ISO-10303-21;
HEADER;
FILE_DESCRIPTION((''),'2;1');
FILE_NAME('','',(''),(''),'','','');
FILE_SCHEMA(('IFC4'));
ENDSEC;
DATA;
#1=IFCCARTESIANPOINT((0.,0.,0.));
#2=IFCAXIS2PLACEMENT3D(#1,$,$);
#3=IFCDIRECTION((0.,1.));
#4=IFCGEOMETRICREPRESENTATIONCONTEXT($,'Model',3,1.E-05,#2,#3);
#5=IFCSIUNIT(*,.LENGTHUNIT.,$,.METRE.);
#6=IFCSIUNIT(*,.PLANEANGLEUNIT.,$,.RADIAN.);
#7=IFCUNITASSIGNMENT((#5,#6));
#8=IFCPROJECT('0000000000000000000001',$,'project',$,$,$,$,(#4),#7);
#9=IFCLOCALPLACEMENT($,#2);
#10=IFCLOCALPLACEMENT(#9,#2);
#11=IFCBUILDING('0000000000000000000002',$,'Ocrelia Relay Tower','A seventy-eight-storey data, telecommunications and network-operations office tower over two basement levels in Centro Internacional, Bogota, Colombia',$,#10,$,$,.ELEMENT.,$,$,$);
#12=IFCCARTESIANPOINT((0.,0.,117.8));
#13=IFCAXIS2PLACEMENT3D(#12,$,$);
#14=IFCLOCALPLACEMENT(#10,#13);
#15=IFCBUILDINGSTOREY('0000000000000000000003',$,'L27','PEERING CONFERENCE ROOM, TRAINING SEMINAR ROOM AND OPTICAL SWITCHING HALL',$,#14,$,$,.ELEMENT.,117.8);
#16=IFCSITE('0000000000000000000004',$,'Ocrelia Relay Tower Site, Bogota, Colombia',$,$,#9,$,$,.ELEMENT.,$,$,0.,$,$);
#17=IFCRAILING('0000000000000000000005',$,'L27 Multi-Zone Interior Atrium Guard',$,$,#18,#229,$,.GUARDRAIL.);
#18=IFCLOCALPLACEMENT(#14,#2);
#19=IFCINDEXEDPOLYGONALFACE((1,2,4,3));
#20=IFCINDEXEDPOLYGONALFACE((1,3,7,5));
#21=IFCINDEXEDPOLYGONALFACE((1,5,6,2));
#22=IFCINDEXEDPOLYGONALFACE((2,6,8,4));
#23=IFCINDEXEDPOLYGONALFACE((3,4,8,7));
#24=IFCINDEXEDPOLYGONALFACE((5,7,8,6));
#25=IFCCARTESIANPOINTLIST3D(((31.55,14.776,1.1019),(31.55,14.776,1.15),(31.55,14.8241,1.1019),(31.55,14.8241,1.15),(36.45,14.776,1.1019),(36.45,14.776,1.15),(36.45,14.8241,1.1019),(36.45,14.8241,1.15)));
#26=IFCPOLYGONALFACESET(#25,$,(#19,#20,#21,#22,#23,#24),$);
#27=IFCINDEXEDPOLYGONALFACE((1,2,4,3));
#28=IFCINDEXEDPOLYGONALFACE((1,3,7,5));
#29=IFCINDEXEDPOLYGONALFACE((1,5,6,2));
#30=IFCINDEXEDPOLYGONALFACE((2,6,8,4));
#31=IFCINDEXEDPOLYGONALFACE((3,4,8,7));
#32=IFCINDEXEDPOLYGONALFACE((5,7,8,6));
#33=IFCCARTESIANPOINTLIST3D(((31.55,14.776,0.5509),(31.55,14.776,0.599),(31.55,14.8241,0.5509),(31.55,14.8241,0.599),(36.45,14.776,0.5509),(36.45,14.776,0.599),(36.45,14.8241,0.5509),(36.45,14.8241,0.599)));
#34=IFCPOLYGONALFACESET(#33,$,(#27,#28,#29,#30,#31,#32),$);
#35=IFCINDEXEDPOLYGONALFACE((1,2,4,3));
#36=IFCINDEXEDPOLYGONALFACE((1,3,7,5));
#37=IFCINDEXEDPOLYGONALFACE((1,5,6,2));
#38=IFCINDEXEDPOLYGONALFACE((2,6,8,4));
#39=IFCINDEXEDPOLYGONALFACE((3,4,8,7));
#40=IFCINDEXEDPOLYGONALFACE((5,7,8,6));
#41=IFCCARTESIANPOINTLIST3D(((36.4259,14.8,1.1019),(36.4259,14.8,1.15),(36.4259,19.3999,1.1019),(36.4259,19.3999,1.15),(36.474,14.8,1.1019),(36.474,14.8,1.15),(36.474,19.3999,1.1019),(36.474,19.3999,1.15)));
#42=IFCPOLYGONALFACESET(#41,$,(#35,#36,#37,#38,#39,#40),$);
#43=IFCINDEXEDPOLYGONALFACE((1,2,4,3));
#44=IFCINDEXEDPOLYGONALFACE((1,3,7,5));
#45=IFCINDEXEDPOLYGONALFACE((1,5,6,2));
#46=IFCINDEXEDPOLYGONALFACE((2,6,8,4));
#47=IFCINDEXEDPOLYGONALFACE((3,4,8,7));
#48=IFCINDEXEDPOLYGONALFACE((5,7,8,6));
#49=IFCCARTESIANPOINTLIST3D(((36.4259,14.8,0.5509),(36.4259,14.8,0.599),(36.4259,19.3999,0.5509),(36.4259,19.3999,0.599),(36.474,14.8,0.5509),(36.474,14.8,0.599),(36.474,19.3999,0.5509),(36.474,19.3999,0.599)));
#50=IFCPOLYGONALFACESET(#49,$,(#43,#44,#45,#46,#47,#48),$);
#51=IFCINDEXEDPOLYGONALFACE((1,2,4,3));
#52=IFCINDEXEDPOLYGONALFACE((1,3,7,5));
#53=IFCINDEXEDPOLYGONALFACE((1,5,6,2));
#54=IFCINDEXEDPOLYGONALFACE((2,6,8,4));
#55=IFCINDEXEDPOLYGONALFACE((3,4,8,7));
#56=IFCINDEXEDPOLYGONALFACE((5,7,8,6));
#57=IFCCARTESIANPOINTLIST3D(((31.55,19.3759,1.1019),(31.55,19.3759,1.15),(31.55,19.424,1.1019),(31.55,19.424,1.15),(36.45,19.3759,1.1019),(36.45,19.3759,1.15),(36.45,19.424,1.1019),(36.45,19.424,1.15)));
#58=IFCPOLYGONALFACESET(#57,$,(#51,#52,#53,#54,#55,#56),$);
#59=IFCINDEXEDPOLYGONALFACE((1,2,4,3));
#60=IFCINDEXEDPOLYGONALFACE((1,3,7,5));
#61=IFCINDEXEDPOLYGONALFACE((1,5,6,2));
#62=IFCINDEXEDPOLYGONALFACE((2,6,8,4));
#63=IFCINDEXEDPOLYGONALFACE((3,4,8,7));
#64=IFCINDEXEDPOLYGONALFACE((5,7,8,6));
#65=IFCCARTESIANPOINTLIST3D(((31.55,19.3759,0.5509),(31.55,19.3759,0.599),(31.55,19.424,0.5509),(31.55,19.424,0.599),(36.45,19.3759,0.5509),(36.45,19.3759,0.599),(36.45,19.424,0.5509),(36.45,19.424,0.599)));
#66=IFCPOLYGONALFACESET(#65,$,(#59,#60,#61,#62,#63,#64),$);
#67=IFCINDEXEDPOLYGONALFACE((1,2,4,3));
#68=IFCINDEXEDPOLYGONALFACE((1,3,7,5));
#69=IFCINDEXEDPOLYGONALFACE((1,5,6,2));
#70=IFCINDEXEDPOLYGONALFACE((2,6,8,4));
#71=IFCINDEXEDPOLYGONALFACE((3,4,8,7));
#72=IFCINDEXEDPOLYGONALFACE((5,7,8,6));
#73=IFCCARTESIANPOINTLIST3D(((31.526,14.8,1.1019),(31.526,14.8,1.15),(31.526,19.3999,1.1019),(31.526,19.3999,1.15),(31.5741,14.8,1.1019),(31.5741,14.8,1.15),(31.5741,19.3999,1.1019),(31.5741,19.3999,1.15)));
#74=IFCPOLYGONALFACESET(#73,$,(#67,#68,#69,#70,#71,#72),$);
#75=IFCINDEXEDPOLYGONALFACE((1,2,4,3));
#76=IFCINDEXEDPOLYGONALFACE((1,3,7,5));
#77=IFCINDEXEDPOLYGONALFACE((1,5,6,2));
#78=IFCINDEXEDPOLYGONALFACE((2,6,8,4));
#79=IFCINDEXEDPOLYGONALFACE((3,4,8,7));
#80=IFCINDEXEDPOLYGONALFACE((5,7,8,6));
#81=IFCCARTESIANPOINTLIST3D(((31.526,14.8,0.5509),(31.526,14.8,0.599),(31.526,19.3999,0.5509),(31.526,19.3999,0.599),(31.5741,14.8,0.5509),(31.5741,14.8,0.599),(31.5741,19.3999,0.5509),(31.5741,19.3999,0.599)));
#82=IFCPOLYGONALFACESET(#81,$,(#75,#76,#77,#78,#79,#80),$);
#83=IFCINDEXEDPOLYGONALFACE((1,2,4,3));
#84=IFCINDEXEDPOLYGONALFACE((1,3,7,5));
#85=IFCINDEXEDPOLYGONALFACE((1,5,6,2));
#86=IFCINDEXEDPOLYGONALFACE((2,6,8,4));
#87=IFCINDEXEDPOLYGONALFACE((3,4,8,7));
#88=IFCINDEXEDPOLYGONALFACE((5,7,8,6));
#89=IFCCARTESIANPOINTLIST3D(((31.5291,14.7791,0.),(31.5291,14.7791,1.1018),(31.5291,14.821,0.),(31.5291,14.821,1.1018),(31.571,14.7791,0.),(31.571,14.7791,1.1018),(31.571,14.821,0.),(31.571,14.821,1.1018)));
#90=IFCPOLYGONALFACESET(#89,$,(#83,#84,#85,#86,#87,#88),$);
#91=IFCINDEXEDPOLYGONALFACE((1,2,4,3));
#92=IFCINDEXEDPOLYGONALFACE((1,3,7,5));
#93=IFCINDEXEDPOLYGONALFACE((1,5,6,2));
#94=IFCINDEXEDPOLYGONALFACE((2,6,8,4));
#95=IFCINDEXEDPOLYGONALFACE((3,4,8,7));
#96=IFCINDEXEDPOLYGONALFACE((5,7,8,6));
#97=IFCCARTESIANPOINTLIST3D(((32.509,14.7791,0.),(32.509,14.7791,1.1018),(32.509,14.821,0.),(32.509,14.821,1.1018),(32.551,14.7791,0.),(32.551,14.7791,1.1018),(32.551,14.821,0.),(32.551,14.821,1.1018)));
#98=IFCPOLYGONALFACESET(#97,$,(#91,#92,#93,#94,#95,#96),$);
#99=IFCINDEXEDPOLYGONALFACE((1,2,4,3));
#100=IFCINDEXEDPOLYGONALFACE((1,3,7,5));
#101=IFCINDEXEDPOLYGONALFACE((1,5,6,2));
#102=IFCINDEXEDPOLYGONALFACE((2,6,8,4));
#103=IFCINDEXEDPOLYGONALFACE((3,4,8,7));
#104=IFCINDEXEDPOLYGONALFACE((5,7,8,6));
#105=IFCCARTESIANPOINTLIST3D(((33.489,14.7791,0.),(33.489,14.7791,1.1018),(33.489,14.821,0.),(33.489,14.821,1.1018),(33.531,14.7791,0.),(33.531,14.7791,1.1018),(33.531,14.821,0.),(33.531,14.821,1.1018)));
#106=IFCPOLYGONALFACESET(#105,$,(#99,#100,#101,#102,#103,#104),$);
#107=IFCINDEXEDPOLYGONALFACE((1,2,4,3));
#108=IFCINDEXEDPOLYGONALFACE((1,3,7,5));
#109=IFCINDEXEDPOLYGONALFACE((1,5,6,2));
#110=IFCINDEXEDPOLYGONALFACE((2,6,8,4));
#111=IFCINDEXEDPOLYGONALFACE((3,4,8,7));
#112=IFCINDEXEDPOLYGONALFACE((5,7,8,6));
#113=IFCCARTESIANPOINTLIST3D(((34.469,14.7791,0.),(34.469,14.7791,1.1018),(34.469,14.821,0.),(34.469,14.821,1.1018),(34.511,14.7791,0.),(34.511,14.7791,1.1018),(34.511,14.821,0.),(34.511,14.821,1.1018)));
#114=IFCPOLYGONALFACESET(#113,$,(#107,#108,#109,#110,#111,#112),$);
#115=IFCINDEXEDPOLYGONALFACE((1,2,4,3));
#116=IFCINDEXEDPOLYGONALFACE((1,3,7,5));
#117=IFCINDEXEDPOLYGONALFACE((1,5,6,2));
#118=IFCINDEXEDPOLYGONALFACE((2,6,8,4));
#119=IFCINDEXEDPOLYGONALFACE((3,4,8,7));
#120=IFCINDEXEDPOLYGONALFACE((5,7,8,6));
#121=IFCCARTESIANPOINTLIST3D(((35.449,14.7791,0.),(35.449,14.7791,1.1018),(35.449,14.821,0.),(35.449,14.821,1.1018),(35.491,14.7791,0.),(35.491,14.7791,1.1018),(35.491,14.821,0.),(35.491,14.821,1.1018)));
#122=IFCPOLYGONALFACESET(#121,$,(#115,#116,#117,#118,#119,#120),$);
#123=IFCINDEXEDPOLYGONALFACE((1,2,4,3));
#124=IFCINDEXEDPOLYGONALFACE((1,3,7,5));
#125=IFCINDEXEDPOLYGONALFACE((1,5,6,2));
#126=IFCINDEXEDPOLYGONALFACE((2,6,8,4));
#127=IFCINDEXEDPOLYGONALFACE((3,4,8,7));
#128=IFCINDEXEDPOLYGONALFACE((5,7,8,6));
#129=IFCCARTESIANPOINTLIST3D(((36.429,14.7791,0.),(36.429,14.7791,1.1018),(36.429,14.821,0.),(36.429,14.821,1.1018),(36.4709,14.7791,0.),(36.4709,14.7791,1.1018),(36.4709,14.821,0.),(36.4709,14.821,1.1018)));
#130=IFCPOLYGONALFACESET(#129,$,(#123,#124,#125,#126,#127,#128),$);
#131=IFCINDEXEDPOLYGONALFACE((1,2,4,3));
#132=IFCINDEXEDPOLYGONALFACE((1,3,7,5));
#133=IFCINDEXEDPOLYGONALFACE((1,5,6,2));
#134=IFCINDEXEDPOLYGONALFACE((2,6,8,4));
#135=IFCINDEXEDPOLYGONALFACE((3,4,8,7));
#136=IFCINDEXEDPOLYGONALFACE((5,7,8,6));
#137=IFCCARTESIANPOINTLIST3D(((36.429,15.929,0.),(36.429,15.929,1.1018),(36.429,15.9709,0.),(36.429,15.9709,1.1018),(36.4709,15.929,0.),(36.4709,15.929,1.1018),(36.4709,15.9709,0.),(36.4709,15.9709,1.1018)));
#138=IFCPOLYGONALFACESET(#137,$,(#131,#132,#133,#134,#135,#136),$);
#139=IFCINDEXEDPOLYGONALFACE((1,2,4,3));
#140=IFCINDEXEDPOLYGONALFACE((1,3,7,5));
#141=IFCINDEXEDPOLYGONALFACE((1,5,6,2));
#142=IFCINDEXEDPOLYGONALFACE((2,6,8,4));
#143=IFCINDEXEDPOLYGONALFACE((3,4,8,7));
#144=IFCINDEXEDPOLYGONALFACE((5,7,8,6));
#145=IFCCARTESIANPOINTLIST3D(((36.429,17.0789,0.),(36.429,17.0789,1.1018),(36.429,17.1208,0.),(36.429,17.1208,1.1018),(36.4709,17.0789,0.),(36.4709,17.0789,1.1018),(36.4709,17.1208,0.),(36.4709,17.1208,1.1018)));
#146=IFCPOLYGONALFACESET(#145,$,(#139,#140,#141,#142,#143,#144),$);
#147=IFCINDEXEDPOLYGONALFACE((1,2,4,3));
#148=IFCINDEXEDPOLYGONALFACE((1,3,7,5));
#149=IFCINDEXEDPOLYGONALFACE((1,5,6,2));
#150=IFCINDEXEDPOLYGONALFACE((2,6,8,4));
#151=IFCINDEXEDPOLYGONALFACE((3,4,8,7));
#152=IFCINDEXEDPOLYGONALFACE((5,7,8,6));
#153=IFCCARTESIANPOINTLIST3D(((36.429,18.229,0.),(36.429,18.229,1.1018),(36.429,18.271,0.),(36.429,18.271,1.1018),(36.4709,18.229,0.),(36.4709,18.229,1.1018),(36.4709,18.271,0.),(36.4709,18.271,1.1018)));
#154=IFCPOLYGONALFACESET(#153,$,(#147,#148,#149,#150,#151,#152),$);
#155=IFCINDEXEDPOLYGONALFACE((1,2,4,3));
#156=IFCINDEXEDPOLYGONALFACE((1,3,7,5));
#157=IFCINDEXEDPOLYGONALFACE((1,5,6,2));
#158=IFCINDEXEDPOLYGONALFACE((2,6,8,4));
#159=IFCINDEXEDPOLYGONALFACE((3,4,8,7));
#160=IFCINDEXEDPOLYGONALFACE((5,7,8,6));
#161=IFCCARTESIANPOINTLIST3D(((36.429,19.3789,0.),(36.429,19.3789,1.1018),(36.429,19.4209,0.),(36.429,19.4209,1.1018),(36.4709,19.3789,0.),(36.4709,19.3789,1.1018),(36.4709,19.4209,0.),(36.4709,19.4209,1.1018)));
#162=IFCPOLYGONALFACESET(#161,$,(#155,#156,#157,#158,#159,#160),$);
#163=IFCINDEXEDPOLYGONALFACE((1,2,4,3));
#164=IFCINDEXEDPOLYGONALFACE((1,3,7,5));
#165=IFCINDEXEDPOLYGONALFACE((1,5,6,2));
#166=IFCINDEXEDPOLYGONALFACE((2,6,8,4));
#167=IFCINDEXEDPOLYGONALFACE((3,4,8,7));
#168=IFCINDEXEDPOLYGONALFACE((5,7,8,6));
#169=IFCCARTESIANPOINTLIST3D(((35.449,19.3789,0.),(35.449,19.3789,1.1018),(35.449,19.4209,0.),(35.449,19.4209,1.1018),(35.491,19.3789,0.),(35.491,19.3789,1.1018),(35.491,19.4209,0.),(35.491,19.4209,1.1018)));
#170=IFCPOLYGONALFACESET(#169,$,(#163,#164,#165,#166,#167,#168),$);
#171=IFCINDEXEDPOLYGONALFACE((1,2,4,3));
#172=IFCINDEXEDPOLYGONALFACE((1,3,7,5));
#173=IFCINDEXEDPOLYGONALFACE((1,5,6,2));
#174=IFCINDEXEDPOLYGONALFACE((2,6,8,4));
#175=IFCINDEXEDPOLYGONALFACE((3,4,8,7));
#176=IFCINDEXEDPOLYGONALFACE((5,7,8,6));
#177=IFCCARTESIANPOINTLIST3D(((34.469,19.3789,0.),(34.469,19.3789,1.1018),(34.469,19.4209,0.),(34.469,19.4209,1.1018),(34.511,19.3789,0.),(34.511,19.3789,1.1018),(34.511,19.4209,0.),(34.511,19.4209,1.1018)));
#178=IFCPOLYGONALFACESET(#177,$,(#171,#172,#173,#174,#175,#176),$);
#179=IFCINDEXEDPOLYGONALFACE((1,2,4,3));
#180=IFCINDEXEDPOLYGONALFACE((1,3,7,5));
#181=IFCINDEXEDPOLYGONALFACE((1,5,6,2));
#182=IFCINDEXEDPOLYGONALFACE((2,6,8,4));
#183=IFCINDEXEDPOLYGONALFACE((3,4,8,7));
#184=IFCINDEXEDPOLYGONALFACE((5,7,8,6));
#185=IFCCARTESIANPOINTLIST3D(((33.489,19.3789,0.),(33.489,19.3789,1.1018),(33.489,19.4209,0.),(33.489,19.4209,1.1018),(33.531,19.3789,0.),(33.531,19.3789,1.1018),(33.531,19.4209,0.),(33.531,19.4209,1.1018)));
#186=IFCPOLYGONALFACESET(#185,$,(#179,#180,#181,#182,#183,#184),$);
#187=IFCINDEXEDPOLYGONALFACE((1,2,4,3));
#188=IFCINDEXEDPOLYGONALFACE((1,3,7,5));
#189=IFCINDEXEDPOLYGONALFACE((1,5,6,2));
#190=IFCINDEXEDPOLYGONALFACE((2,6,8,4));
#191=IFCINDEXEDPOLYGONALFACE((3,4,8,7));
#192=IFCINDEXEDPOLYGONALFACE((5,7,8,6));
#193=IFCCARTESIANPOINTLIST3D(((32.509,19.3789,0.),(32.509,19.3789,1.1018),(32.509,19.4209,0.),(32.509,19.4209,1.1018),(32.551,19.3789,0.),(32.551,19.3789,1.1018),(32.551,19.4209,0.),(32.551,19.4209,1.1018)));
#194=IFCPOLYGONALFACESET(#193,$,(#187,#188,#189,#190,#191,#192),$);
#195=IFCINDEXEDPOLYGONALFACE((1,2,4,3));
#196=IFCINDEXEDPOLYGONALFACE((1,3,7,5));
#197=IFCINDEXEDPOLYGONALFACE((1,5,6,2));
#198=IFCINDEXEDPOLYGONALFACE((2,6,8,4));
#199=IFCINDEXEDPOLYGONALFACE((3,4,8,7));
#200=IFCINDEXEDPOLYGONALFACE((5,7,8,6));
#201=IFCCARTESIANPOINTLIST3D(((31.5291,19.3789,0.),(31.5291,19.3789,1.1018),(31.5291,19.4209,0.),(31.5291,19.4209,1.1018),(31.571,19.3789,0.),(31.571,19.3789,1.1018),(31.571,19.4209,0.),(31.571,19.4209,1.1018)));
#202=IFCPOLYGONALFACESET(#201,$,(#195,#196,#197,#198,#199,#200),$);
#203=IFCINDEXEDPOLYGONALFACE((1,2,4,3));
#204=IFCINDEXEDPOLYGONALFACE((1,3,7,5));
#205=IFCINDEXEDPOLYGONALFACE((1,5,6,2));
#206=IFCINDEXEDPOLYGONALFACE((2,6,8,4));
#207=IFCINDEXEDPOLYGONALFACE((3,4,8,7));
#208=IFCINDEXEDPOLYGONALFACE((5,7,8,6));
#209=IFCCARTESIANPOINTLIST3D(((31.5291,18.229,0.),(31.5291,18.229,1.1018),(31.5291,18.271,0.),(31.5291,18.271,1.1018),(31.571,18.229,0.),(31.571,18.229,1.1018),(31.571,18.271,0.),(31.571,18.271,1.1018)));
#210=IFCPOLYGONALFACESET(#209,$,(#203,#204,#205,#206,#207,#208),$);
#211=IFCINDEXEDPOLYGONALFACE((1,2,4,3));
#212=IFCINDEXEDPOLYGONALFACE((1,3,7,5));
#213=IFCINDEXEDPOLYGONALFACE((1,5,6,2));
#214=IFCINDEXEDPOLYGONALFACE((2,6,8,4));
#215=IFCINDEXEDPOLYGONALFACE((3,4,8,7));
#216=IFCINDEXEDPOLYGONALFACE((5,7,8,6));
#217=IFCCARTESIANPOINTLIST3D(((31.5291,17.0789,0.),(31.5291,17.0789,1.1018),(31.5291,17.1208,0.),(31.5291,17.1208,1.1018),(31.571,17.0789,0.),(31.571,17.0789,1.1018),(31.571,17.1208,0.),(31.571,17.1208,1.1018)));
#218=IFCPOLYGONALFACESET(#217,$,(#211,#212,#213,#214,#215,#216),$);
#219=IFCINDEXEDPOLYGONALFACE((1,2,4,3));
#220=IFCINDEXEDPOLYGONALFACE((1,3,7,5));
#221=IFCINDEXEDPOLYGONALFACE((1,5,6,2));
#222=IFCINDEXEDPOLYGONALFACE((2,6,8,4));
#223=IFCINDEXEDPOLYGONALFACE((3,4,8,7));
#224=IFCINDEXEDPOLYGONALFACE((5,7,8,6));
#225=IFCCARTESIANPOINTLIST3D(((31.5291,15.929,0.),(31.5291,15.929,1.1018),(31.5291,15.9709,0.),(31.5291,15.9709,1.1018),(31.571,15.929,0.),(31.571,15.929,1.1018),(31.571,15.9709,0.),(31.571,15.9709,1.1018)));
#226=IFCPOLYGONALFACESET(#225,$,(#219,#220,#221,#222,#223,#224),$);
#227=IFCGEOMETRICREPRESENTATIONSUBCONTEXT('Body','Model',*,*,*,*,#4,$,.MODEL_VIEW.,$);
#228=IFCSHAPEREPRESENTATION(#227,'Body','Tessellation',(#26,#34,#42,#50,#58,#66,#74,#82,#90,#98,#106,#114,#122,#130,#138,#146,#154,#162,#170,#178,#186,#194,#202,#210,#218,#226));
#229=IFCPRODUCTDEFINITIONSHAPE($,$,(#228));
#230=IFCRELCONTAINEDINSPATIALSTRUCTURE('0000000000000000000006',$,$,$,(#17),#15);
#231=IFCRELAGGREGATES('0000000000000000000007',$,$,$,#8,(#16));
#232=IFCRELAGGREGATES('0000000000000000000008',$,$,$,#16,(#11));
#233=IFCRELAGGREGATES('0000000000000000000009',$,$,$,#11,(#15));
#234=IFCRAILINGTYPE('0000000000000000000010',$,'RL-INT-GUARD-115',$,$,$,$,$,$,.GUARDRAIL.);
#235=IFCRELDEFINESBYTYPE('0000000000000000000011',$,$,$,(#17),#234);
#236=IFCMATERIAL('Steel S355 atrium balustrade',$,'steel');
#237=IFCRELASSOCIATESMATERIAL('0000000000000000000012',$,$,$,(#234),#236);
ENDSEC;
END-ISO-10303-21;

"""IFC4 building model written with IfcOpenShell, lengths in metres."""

from ifc_helpers import new_model, si_unit, direction, frame, origin, origin_2d, place, context, subcontext, project, spatial, rectangle, extrude, material, type_object, element, save


model = new_model("IFC4")

# Units and contexts
model_context = context("Model", 3, precision=1e-05, world=origin(), true_north=direction((0.0, 1.0)))
body_context = subcontext(model_context, "Body", "Model", "MODEL_VIEW")
ifc_project = project(units=[si_unit("LENGTHUNIT", "METRE"), si_unit("PLANEANGLEUNIT", "RADIAN")], contexts=[model_context])

# Site, building, storey
site_placement = place(None, origin())
site = spatial("IfcSite", under=ifc_project, at=site_placement, Name="Ocrelia Relay Tower Site, Bogota, Colombia", CompositionType="ELEMENT", RefElevation=0.0)
building_placement = place(site_placement, origin())
building = spatial("IfcBuilding", under=site, at=building_placement, Name="Ocrelia Relay Tower", Description="A seventy-eight-storey data, telecommunications and network-operations office tower over two basement levels in Centro Internacional, Bogota, Colombia", CompositionType="ELEMENT")
storey_placement = place(building_placement, frame((0.0, 0.0, 117.8)))
storey = spatial("IfcBuildingStorey", under=building, at=storey_placement, Name="L27", Description="PEERING CONFERENCE ROOM, TRAINING SEMINAR ROOM AND OPTICAL SWITCHING HALL", CompositionType="ELEMENT", Elevation=117.8)

# Railing
ifc_material_1 = material(Name="Steel S355 atrium balustrade", Category="steel")
railing_type = type_object("IfcRailingType", Name="RL-INT-GUARD-115", PredefinedType="GUARDRAIL", material=ifc_material_1)
railing_placement = place(storey_placement, frame((31.55, 14.8, 0.0)))
element("IfcRailing", 1, at=railing_placement, inside=storey, type_object=railing_type, Name="L27 Multi-Zone Interior Atrium Guard", PredefinedType="GUARDRAIL", context=body_context, shape_type="SweptSolid", body=[
    extrude(rectangle(XDim=0.0481, YDim=0.0481, at=origin_2d()), frame((0.0, 0.0, 1.126), z_axis=(1.0, 0.0, 0.0), x_axis=(0.0, 1.0, 0.0)), (0.0, 0.0, 1.0), 4.8999),
    extrude(rectangle(XDim=0.0481, YDim=0.0481, at=origin_2d()), frame((0.0, 0.0, 0.575), z_axis=(1.0, 0.0, 0.0), x_axis=(0.0, 1.0, 0.0)), (0.0, 0.0, 1.0), 4.8999),
    extrude(rectangle(XDim=0.0481, YDim=0.0481, at=origin_2d()), frame((4.8999, 0.0, 1.126), z_axis=(0.0, 1.0, 0.0), x_axis=(-1.0, 0.0, 0.0)), (0.0, 0.0, 1.0), 4.5999),
    extrude(rectangle(XDim=0.0481, YDim=0.0481, at=origin_2d()), frame((4.8999, 0.0, 0.575), z_axis=(0.0, 1.0, 0.0), x_axis=(-1.0, 0.0, 0.0)), (0.0, 0.0, 1.0), 4.5999),
    extrude(rectangle(XDim=0.0481, YDim=0.0481, at=origin_2d()), frame((4.8999, 4.5999, 1.126), z_axis=(-1.0, 0.0, 0.0), x_axis=(0.0, -1.0, 0.0)), (0.0, 0.0, 1.0), 4.8999),
    extrude(rectangle(XDim=0.0481, YDim=0.0481, at=origin_2d()), frame((4.8999, 4.5999, 0.575), z_axis=(-1.0, 0.0, 0.0), x_axis=(0.0, -1.0, 0.0)), (0.0, 0.0, 1.0), 4.8999),
    extrude(rectangle(XDim=0.0481, YDim=0.0481, at=origin_2d()), frame((0.0, 4.5999, 1.126), z_axis=(0.0, -1.0, 0.0), x_axis=(1.0, 0.0, 0.0)), (0.0, 0.0, 1.0), 4.5999),
    extrude(rectangle(XDim=0.0481, YDim=0.0481, at=origin_2d()), frame((0.0, 4.5999, 0.575), z_axis=(0.0, -1.0, 0.0), x_axis=(1.0, 0.0, 0.0)), (0.0, 0.0, 1.0), 4.5999),
    extrude(rectangle(XDim=0.042, YDim=0.042, at=origin_2d()), origin(), (0.0, 0.0, 1.0), 1.1018),
    extrude(rectangle(XDim=0.042, YDim=0.042, at=origin_2d()), frame((0.98, 0.0, 0.0)), (0.0, 0.0, 1.0), 1.1018),
    extrude(rectangle(XDim=0.042, YDim=0.042, at=origin_2d()), frame((1.96, 0.0, 0.0)), (0.0, 0.0, 1.0), 1.1018),
    extrude(rectangle(XDim=0.042, YDim=0.042, at=origin_2d()), frame((2.9399, 0.0, 0.0)), (0.0, 0.0, 1.0), 1.1018),
    extrude(rectangle(XDim=0.042, YDim=0.042, at=origin_2d()), frame((3.9199, 0.0, 0.0)), (0.0, 0.0, 1.0), 1.1018),
    extrude(rectangle(XDim=0.042, YDim=0.042, at=origin_2d()), frame((4.8999, 0.0, 0.0)), (0.0, 0.0, 1.0), 1.1018),
    extrude(rectangle(XDim=0.042, YDim=0.042, at=origin_2d()), frame((4.8999, 1.1499, 0.0)), (0.0, 0.0, 1.0), 1.1018),
    extrude(rectangle(XDim=0.042, YDim=0.042, at=origin_2d()), frame((4.8999, 2.2998, 0.0)), (0.0, 0.0, 1.0), 1.1018),
    extrude(rectangle(XDim=0.042, YDim=0.042, at=origin_2d()), frame((4.8999, 3.45, 0.0)), (0.0, 0.0, 1.0), 1.1018),
    extrude(rectangle(XDim=0.042, YDim=0.042, at=origin_2d()), frame((4.8999, 4.5999, 0.0)), (0.0, 0.0, 1.0), 1.1018),
    extrude(rectangle(XDim=0.042, YDim=0.042, at=origin_2d()), frame((3.9199, 4.5999, 0.0)), (0.0, 0.0, 1.0), 1.1018),
    extrude(rectangle(XDim=0.042, YDim=0.042, at=origin_2d()), frame((2.9399, 4.5999, 0.0)), (0.0, 0.0, 1.0), 1.1018),
    extrude(rectangle(XDim=0.042, YDim=0.042, at=origin_2d()), frame((1.96, 4.5999, 0.0)), (0.0, 0.0, 1.0), 1.1018),
    extrude(rectangle(XDim=0.042, YDim=0.042, at=origin_2d()), frame((0.98, 4.5999, 0.0)), (0.0, 0.0, 1.0), 1.1018),
    extrude(rectangle(XDim=0.042, YDim=0.042, at=origin_2d()), frame((0.0, 4.5999, 0.0)), (0.0, 0.0, 1.0), 1.1018),
    extrude(rectangle(XDim=0.042, YDim=0.042, at=origin_2d()), frame((0.0, 3.45, 0.0)), (0.0, 0.0, 1.0), 1.1018),
    extrude(rectangle(XDim=0.042, YDim=0.042, at=origin_2d()), frame((0.0, 2.2998, 0.0)), (0.0, 0.0, 1.0), 1.1018),
    extrude(rectangle(XDim=0.042, YDim=0.042, at=origin_2d()), frame((0.0, 1.1499, 0.0)), (0.0, 0.0, 1.0), 1.1018),
])

save(model, "model.ifc")
